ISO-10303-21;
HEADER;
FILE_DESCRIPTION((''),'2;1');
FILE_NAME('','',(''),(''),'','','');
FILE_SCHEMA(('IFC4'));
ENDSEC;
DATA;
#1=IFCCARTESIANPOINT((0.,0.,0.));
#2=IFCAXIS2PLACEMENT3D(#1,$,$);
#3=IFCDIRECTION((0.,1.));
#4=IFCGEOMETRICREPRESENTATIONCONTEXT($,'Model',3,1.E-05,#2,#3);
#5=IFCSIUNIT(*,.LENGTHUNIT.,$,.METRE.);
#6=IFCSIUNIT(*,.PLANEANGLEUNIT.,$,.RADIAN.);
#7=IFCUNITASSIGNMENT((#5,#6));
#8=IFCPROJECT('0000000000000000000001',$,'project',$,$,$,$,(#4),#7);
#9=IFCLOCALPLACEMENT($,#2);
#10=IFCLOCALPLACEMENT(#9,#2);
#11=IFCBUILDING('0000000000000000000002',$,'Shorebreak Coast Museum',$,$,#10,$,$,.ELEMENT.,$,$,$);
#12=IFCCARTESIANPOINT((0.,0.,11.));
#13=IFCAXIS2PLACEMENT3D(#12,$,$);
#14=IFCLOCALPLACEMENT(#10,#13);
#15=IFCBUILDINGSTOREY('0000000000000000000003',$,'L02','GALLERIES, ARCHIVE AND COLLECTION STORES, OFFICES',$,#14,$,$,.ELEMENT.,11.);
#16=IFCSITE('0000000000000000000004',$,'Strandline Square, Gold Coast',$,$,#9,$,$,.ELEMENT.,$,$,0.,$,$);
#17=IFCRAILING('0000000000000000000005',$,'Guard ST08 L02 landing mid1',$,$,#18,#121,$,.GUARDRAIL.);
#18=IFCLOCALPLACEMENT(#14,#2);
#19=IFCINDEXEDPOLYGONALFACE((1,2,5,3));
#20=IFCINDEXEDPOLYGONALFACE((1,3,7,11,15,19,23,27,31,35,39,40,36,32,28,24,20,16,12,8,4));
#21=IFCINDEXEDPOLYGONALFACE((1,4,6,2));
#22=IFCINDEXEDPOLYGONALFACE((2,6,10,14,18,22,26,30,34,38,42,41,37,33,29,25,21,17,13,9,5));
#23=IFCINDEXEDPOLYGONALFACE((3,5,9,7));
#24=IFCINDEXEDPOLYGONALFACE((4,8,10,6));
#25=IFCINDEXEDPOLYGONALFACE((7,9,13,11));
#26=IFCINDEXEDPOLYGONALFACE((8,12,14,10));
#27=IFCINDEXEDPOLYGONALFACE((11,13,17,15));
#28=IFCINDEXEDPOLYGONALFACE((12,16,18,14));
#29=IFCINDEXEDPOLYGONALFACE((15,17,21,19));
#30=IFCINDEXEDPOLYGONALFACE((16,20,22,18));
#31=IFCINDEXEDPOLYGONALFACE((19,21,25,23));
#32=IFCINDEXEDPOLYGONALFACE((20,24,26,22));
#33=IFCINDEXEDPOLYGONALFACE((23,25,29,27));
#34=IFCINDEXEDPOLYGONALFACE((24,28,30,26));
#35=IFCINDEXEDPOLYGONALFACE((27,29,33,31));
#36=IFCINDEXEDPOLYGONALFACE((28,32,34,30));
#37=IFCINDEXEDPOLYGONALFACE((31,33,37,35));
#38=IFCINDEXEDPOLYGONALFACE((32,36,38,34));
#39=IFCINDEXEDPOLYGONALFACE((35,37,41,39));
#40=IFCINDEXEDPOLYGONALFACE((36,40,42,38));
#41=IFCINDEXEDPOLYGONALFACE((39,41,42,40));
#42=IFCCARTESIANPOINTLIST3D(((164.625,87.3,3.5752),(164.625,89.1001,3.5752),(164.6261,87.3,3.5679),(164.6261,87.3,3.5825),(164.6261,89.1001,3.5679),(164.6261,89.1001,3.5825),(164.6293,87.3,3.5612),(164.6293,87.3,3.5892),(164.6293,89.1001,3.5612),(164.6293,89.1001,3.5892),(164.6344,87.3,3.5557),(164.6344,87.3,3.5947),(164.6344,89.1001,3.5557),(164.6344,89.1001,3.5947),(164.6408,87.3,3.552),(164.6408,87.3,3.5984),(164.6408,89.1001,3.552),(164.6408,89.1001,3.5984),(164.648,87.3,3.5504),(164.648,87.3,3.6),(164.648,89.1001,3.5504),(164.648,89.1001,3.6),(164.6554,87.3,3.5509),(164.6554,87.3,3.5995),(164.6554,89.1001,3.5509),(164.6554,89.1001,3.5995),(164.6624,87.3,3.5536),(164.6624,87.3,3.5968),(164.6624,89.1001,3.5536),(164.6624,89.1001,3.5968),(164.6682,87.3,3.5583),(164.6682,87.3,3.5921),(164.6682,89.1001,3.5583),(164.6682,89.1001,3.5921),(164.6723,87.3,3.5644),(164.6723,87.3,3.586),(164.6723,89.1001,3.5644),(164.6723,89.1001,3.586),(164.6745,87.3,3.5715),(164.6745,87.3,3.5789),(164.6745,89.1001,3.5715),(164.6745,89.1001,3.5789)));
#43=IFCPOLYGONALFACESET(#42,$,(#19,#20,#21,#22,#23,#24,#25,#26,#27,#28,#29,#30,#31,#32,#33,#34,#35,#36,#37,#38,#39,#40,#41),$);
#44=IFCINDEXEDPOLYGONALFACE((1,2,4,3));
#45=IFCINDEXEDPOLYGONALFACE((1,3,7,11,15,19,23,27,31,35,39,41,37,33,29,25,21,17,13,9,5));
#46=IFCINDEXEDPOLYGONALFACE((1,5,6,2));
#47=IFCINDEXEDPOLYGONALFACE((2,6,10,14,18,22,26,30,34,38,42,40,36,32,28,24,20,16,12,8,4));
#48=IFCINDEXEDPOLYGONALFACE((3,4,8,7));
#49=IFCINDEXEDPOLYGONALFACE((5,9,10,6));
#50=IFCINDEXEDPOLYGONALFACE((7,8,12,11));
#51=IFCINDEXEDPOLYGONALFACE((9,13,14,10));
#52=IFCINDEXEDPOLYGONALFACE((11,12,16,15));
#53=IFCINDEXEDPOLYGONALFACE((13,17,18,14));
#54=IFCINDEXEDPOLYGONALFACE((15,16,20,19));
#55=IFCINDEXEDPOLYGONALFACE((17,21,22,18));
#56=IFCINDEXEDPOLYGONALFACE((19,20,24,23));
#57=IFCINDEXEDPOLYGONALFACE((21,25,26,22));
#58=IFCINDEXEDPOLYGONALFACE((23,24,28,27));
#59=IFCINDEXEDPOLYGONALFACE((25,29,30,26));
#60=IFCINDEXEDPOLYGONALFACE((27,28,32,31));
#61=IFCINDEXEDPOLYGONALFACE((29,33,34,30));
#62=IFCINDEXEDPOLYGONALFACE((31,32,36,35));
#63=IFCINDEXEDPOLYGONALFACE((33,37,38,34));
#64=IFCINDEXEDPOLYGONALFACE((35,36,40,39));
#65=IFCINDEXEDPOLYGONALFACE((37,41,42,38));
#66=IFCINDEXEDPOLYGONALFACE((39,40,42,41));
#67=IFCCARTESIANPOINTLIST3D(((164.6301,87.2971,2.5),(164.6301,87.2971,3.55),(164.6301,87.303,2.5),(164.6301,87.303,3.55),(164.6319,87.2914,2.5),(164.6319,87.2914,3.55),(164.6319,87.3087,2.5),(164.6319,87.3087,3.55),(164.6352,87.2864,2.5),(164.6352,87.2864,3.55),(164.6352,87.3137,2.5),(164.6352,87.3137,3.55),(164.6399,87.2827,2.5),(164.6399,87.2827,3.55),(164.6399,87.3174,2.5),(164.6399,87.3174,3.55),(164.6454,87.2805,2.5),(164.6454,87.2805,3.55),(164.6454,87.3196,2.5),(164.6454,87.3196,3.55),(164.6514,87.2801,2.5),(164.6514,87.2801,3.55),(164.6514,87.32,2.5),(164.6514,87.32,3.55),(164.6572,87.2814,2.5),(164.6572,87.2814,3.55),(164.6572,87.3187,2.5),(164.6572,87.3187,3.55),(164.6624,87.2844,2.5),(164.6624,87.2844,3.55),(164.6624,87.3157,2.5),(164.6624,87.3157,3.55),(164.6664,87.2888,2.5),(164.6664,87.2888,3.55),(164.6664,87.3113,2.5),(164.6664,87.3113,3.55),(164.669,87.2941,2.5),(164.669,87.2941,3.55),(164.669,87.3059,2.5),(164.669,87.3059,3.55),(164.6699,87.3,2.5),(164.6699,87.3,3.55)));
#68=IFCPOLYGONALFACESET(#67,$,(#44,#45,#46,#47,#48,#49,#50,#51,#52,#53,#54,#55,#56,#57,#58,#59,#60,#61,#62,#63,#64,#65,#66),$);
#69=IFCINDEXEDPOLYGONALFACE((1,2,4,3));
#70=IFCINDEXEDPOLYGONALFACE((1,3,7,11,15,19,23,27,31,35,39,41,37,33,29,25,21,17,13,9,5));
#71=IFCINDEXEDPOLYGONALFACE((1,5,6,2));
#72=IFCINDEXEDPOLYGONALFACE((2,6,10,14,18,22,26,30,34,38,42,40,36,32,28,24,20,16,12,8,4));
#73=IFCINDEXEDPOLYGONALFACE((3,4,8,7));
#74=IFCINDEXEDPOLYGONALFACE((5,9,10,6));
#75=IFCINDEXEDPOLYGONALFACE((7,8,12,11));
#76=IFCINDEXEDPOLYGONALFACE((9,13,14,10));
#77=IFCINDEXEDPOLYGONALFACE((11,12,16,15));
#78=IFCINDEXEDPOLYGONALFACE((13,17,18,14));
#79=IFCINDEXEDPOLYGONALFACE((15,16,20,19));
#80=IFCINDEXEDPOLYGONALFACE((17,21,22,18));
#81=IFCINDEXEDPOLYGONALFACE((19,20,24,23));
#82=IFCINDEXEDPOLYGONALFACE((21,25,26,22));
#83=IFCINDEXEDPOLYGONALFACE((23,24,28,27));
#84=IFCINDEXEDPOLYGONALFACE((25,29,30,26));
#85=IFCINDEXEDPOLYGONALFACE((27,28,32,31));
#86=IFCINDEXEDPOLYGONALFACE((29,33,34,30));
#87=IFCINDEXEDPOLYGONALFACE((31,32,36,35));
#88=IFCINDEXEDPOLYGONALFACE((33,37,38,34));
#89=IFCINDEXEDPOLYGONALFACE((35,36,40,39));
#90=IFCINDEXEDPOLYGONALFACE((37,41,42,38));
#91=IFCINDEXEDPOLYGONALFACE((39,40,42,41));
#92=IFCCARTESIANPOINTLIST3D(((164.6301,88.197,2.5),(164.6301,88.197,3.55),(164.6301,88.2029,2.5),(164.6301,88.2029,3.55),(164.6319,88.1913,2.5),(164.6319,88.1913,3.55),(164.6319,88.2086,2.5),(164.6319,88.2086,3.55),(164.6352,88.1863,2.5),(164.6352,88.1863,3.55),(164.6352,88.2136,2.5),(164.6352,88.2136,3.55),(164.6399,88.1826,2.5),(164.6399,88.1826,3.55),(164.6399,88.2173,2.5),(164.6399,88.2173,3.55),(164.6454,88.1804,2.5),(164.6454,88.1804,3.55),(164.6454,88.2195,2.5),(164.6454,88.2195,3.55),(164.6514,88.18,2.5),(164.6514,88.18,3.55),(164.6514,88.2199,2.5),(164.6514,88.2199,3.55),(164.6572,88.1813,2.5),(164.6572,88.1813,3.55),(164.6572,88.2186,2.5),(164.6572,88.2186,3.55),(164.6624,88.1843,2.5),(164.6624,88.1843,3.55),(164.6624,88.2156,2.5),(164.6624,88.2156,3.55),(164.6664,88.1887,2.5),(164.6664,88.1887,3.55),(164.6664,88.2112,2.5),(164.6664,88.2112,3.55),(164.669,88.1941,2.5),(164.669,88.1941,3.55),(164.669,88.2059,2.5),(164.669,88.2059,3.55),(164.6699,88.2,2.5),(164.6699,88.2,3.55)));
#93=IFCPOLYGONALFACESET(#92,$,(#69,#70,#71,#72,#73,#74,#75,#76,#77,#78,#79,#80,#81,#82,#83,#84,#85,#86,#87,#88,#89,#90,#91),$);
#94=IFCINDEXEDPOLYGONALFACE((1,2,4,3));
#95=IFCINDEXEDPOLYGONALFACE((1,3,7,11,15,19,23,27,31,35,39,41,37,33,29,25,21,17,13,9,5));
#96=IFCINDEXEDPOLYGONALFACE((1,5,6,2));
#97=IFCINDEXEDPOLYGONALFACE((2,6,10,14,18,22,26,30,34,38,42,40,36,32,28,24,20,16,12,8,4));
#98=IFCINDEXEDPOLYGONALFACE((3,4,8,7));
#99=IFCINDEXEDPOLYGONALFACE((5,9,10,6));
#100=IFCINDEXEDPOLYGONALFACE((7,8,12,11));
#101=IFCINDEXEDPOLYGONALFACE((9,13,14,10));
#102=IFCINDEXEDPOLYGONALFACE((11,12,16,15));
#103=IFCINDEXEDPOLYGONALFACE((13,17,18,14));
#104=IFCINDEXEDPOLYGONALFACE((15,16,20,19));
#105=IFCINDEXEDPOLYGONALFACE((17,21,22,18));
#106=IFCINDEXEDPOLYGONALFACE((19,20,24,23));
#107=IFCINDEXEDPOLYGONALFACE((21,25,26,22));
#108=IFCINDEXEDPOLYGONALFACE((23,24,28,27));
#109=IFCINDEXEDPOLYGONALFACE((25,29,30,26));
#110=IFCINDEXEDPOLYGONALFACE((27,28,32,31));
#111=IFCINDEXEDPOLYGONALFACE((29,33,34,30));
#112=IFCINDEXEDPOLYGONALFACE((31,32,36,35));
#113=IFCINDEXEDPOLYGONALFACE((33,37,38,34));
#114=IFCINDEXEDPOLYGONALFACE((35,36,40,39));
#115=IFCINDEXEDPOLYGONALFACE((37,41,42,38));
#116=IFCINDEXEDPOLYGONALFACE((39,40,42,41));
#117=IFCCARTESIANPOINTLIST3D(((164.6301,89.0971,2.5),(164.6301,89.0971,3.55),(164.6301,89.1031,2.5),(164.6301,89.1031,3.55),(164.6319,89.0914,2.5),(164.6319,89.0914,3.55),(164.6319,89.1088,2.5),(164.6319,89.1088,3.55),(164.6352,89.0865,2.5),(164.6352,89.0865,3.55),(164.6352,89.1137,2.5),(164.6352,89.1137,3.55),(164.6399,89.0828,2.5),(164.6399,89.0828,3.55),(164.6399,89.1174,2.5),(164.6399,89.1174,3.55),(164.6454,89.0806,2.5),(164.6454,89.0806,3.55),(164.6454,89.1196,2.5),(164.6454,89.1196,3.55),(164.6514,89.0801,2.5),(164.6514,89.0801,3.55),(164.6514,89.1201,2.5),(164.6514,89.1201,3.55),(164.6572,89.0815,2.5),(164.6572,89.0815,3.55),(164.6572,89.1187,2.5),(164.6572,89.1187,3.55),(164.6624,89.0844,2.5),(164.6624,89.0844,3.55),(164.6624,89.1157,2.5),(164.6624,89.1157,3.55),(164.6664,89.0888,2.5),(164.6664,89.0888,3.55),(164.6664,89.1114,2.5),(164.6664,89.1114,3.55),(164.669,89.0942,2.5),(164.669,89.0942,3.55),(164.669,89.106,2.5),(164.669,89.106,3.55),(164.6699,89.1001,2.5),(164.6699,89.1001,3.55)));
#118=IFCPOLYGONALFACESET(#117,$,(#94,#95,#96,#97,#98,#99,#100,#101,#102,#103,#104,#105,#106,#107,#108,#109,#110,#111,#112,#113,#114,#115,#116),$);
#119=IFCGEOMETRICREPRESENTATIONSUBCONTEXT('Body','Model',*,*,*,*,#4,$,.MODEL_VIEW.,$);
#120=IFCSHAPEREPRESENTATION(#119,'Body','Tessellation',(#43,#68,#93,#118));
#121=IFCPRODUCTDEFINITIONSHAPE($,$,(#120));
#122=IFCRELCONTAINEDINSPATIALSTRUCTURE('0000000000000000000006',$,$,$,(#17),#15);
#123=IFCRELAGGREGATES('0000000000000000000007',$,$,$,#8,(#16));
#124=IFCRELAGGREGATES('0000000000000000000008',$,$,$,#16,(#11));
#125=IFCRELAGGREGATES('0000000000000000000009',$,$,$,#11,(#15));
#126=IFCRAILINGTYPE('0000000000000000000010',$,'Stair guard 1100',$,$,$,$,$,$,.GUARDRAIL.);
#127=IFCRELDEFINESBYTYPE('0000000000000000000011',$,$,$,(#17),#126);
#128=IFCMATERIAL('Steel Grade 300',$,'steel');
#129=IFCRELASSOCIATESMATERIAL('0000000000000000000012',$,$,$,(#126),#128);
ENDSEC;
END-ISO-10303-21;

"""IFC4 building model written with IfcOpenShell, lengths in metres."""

from ifc_helpers import new_model, si_unit, direction, frame, origin, origin_2d, place, context, subcontext, project, spatial, circle, extrude, material, type_object, element, save


model = new_model("IFC4")

# Units and contexts
model_context = context("Model", 3, precision=1e-05, world=origin(), true_north=direction((0.0, 1.0)))
body_context = subcontext(model_context, "Body", "Model", "MODEL_VIEW")
ifc_project = project(units=[si_unit("LENGTHUNIT", "METRE"), si_unit("PLANEANGLEUNIT", "RADIAN")], contexts=[model_context])

# Site, building, storey
site_placement = place(None, origin())
site = spatial("IfcSite", under=ifc_project, at=site_placement, Name="Strandline Square, Gold Coast", CompositionType="ELEMENT", RefElevation=0.0)
building_placement = place(site_placement, origin())
building = spatial("IfcBuilding", under=site, at=building_placement, Name="Shorebreak Coast Museum", CompositionType="ELEMENT")
storey_placement = place(building_placement, frame((0.0, 0.0, 11.0)))
storey = spatial("IfcBuildingStorey", under=building, at=storey_placement, Name="L02", Description="GALLERIES, ARCHIVE AND COLLECTION STORES, OFFICES", CompositionType="ELEMENT", Elevation=11.0)

# Railing
ifc_material_1 = material(Name="Steel Grade 300", Category="steel")
railing_type_1 = type_object("IfcRailingType", Name="Stair guard 1100", PredefinedType="GUARDRAIL", material=ifc_material_1)
for number, where, name in (
    (1, (164.6499, 87.3, 2.5), "Guard ST08 L02 landing mid1"),
):
    element("IfcRailing", number, at=place(storey_placement, frame(where)), inside=storey, type_object=railing_type_1, Name=name, PredefinedType="GUARDRAIL", context=body_context, shape_type="SweptSolid", body=[
        extrude(circle(Radius=0.0249, at=origin_2d()), frame((0.0, 0.0, 1.0752), z_axis=(0.0, 1.0, 0.0), x_axis=(-1.0, 0.0, 0.0)), (0.0, 0.0, 1.0), 1.8),
        extrude(circle(Radius=0.02, at=origin_2d()), origin(), (0.0, 0.0, 1.0), 1.05),
        extrude(circle(Radius=0.02, at=origin_2d()), frame((0.0, 0.8999, 0.0)), (0.0, 0.0, 1.0), 1.05),
        extrude(circle(Radius=0.02, at=origin_2d()), frame((0.0, 1.8, 0.0)), (0.0, 0.0, 1.0), 1.05),
    ])

save(model, "model.ifc")
